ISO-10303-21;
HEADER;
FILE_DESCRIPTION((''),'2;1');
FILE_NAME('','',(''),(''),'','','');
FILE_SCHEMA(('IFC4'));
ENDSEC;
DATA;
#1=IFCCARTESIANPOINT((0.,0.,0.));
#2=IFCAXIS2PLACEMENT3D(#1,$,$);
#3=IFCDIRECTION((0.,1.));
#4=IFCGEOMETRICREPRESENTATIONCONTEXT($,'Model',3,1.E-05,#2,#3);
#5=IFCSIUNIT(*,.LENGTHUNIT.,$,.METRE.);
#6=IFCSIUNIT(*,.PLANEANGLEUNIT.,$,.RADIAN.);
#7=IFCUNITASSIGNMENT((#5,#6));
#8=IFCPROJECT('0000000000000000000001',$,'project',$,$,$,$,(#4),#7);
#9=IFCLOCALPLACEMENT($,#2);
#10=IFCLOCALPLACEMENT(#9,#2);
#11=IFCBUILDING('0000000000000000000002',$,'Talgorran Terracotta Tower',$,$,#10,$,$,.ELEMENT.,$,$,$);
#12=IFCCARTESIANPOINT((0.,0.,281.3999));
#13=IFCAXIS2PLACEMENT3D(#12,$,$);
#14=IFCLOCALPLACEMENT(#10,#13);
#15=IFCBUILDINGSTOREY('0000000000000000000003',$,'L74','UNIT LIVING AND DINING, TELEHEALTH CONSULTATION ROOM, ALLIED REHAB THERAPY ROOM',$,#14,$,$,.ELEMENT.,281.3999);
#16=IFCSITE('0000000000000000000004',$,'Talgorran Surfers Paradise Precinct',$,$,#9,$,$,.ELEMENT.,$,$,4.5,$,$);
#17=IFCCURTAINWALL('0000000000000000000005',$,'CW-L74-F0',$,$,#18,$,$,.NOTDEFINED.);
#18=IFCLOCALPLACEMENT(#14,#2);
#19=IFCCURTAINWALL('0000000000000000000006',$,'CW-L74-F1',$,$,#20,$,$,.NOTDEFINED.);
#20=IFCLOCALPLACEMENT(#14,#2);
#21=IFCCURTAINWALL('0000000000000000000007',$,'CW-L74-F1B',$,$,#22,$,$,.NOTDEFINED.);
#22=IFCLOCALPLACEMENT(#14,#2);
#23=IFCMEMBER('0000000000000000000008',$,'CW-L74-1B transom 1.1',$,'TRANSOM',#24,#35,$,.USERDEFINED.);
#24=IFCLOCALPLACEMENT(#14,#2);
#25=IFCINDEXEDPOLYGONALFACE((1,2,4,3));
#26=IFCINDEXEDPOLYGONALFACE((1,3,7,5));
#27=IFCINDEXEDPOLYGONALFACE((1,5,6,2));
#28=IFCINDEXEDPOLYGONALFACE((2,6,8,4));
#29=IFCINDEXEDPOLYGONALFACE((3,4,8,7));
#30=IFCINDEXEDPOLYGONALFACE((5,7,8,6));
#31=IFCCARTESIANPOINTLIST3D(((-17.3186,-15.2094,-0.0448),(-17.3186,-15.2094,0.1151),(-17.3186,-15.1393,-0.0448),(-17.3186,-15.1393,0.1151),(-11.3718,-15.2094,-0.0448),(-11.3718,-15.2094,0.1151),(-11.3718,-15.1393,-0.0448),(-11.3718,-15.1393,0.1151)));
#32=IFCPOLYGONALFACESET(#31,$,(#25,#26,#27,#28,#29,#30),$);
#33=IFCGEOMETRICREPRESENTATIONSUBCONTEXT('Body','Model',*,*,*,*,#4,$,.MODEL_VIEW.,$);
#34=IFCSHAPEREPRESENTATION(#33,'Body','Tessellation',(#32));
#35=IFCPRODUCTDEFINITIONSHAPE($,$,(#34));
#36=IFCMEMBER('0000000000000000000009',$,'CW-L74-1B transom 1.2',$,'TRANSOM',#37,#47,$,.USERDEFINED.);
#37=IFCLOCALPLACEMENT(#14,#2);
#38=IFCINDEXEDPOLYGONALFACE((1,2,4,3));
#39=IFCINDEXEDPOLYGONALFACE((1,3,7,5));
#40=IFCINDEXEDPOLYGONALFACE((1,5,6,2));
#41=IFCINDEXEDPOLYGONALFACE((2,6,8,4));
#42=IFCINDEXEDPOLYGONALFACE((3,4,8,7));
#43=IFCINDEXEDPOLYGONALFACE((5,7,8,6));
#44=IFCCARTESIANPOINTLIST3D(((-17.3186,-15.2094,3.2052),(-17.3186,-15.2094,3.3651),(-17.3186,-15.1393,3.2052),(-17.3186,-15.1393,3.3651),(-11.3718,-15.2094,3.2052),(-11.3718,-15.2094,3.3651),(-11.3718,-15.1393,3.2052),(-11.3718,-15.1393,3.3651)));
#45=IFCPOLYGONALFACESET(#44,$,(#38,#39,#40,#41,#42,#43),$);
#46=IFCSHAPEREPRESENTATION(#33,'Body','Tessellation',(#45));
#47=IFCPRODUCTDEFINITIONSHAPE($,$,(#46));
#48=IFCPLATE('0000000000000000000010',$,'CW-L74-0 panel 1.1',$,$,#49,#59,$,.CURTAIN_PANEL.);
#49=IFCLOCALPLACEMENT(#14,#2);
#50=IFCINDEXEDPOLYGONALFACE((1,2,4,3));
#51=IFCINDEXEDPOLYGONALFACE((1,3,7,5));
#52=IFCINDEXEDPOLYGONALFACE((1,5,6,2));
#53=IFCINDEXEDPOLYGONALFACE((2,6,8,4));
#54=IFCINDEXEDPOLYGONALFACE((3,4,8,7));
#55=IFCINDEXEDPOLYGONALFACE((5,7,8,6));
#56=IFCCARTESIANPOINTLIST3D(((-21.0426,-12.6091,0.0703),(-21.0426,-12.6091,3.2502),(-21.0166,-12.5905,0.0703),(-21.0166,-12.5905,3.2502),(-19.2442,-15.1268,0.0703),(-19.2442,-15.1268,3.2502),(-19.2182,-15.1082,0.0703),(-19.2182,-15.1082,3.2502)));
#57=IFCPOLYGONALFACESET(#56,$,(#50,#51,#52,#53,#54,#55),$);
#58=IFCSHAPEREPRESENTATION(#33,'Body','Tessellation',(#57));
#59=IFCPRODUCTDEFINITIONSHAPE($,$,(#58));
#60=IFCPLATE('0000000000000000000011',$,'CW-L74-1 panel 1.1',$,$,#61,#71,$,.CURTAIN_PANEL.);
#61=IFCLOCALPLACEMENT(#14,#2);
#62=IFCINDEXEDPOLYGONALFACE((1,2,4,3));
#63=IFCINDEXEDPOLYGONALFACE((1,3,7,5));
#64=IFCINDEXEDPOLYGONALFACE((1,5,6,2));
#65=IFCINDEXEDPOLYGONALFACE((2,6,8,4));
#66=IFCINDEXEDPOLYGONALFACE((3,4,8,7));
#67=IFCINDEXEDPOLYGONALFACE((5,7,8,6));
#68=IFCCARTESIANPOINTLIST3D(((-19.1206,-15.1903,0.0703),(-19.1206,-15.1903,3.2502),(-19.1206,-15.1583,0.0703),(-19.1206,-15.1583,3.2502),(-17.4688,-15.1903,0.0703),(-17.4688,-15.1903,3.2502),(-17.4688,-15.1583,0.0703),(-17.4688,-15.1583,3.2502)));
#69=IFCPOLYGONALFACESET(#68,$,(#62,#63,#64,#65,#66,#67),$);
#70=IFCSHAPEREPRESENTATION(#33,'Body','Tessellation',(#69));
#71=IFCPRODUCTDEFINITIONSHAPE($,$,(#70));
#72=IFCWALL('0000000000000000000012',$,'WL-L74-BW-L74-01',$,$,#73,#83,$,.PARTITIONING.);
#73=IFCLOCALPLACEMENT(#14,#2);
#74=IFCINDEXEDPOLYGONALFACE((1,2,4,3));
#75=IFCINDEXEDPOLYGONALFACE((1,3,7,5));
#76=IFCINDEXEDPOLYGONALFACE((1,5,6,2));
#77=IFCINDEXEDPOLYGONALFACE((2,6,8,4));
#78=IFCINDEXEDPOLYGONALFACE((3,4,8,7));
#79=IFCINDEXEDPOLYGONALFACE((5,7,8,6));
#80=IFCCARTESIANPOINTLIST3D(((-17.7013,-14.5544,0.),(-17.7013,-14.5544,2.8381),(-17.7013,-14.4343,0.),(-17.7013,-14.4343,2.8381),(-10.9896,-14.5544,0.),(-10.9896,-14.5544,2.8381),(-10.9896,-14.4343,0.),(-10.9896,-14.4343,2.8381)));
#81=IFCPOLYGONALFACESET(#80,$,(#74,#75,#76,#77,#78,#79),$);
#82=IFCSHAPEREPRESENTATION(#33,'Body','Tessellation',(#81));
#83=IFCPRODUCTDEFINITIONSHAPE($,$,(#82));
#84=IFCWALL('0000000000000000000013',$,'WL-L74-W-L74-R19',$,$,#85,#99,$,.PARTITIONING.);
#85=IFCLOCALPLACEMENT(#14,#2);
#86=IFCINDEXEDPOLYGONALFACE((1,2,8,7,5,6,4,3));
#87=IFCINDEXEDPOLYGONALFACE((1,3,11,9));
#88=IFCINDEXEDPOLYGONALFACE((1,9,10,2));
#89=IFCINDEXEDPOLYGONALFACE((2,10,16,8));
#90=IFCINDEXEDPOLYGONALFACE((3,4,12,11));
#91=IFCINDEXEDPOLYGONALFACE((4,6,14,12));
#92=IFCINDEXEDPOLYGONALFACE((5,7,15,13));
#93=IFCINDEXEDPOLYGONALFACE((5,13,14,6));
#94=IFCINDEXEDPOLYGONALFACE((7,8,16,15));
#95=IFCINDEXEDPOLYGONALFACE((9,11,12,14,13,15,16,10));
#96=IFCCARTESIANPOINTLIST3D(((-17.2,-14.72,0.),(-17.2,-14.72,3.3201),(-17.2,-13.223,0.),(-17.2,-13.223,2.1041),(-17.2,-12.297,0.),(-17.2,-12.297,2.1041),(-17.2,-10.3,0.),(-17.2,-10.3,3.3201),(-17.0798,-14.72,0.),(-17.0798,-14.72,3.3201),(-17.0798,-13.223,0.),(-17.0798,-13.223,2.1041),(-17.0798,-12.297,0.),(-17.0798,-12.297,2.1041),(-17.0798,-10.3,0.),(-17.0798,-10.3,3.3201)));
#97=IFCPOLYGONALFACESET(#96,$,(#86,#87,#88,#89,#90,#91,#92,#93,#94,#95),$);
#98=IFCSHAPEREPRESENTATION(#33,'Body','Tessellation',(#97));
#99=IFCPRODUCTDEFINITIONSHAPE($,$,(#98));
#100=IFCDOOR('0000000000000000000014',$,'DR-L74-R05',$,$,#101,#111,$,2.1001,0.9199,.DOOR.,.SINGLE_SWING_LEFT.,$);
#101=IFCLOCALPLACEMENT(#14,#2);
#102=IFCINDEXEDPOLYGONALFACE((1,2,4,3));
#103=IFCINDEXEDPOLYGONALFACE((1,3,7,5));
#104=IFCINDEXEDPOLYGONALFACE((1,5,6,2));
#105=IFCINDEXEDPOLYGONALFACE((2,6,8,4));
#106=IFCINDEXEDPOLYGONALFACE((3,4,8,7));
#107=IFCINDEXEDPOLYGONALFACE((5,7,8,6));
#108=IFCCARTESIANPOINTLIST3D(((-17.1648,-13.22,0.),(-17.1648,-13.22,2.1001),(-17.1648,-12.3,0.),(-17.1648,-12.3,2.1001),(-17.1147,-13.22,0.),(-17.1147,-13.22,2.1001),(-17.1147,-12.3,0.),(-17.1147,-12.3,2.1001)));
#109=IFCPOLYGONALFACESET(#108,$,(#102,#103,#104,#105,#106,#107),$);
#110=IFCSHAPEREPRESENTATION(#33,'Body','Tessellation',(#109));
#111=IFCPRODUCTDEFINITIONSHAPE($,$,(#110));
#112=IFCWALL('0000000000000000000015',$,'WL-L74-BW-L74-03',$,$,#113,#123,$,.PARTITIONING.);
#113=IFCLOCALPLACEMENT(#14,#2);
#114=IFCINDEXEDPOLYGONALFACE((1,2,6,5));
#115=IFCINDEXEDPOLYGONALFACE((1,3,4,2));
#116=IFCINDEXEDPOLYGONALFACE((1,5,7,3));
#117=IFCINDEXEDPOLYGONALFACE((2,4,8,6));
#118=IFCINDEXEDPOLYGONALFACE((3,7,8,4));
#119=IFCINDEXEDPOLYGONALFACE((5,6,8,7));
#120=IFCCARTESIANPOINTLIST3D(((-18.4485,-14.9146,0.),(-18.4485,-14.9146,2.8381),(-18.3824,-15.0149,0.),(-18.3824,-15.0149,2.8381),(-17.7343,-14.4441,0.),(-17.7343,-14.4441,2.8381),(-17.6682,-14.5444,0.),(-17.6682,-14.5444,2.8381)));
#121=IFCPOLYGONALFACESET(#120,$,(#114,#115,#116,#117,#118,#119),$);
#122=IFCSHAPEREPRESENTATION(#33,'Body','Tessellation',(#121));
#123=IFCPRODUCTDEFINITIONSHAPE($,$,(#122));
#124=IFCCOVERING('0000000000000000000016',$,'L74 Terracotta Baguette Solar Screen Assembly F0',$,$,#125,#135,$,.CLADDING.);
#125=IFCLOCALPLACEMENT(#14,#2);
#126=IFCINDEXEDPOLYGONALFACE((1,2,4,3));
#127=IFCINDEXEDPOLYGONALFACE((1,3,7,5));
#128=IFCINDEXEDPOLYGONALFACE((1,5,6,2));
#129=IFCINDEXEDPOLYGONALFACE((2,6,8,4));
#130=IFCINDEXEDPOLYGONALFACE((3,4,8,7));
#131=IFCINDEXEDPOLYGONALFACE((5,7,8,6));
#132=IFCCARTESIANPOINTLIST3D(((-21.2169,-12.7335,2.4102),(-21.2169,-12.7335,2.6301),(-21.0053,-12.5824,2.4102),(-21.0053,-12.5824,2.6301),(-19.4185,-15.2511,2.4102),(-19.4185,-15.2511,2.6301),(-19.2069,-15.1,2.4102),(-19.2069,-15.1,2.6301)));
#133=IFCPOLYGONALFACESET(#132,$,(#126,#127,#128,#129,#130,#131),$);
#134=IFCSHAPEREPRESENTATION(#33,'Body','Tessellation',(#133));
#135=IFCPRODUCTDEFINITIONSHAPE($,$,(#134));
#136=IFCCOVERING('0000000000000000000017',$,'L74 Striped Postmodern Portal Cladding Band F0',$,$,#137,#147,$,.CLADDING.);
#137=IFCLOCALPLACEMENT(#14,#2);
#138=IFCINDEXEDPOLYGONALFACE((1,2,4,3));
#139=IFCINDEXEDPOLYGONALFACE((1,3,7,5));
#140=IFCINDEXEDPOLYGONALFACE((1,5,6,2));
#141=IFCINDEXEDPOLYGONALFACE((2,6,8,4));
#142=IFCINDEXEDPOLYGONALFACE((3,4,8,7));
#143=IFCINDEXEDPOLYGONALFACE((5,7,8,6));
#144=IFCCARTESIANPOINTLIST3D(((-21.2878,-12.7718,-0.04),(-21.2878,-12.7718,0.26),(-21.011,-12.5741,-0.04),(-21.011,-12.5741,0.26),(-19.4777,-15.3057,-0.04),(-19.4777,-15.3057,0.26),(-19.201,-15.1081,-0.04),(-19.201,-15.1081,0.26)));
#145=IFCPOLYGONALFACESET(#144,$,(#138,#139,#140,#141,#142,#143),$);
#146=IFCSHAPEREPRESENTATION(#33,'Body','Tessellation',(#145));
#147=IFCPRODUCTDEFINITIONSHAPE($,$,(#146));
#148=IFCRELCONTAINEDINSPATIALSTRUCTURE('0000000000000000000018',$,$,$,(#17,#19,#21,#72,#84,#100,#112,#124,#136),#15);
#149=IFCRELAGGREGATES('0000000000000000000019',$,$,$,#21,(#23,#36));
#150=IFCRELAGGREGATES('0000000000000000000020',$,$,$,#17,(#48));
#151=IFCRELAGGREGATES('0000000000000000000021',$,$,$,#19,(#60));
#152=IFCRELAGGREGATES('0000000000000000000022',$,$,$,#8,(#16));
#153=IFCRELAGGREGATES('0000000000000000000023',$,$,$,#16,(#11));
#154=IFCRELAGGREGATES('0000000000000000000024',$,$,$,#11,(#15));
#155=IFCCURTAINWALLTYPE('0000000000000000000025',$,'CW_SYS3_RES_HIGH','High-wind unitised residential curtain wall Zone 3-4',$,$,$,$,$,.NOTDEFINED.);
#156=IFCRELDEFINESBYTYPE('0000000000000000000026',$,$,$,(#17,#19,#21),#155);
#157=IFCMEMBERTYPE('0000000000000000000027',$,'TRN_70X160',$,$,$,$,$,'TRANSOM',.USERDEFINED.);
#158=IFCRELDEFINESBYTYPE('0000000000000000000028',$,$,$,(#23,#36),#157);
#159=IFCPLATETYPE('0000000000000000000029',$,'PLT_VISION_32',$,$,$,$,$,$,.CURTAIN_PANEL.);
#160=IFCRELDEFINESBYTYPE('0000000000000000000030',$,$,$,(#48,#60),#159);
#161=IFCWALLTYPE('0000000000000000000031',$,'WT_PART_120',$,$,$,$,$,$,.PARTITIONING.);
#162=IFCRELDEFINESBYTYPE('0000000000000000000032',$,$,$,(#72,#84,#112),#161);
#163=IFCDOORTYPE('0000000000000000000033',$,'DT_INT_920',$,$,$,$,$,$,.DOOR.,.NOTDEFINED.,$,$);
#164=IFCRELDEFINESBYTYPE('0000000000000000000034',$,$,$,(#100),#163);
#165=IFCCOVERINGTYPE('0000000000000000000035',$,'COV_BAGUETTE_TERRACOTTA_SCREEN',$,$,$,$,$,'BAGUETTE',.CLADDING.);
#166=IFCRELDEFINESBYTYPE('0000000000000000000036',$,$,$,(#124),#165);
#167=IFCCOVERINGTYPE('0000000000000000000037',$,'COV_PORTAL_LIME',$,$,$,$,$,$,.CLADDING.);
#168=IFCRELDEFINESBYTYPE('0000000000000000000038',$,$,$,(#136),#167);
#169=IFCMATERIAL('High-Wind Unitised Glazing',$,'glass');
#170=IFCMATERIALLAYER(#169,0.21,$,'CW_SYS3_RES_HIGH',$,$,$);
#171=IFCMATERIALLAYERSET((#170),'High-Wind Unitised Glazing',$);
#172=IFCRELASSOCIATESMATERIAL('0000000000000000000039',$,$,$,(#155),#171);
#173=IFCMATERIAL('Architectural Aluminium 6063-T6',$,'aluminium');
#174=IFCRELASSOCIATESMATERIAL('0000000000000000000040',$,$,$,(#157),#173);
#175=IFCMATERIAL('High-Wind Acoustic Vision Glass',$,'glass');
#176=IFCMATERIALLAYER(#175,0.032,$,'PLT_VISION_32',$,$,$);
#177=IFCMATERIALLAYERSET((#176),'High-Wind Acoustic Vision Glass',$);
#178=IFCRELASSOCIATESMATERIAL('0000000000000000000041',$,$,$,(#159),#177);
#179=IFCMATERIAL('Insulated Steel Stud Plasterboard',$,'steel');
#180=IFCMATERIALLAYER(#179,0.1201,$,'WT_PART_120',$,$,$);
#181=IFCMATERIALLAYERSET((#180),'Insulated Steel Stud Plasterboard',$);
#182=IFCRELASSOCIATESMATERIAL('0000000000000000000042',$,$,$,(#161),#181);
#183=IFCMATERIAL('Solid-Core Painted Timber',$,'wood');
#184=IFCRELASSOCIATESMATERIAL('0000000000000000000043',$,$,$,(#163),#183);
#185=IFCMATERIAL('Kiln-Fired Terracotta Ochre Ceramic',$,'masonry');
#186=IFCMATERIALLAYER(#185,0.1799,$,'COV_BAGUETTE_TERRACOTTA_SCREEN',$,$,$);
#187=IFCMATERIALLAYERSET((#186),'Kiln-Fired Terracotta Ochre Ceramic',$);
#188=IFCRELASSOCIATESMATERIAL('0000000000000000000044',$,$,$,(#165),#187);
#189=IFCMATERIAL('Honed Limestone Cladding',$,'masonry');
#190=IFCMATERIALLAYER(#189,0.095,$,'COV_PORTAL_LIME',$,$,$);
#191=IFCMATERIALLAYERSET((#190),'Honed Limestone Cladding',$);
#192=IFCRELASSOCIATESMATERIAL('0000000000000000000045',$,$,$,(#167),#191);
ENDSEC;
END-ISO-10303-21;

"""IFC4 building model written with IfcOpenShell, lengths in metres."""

from ifc_helpers import new_model, si_unit, direction, frame, frame_2d, origin, origin_2d, place, context, subcontext, project, spatial, rectangle, extrude, source, transform, mapped, material, layer, layer_set, material_profile, profile_set, type_object, type_shapes, element, fill, aggregate, save


model = new_model("IFC4")

# Units and contexts
model_context = context("Model", 3, precision=1e-05, world=origin(), true_north=direction((0.0, 1.0)))
body_context = subcontext(model_context, "Body", "Model", "MODEL_VIEW")
ifc_project = project(units=[si_unit("LENGTHUNIT", "METRE"), si_unit("PLANEANGLEUNIT", "RADIAN")], contexts=[model_context])

# Site, building, storey
site_placement = place(None, origin())
site = spatial("IfcSite", under=ifc_project, at=site_placement, Name="Talgorran Surfers Paradise Precinct", CompositionType="ELEMENT", RefElevation=4.5)
building_placement = place(site_placement, origin())
building = spatial("IfcBuilding", under=site, at=building_placement, Name="Talgorran Terracotta Tower", CompositionType="ELEMENT")
storey_placement = place(building_placement, frame((0.0, 0.0, 281.3999)))
storey = spatial("IfcBuildingStorey", under=building, at=storey_placement, Name="L74", Description="UNIT LIVING AND DINING, TELEHEALTH CONSULTATION ROOM, ALLIED REHAB THERAPY ROOM", CompositionType="ELEMENT", Elevation=281.3999)

# Curtain walls
ifc_material_1 = material(Name="High-Wind Unitised Glazing", Category="glass")
ifc_layer_1 = layer(ifc_material_1, 0.21, Name="CW_SYS3_RES_HIGH")
ifc_layer_set_1 = layer_set([ifc_layer_1], Name="High-Wind Unitised Glazing")
curtain_wall_type = type_object("IfcCurtainWallType", Name="CW_SYS3_RES_HIGH", Description="High-wind unitised residential curtain wall Zone 3-4", PredefinedType="NOTDEFINED", material=ifc_layer_set_1)
curtain_wall_1_placement = place(storey_placement, origin())
curtain_wall_1 = element("IfcCurtainWall", 1, at=curtain_wall_1_placement, inside=storey, type_object=curtain_wall_type, Name="CW-L74-F0", PredefinedType="NOTDEFINED")
ifc_material_2 = material(Name="Architectural Aluminium 6063-T6", Category="aluminium")
curtain_wall_2_placement = place(storey_placement, origin())
curtain_wall_2 = element("IfcCurtainWall", 2, at=curtain_wall_2_placement, inside=storey, type_object=curtain_wall_type, Name="CW-L74-F1", PredefinedType="NOTDEFINED")

# Curtain wall
curtain_wall_3_placement = place(storey_placement, origin())
curtain_wall_3 = element("IfcCurtainWall", 3, at=curtain_wall_3_placement, inside=storey, type_object=curtain_wall_type, Name="CW-L74-F1B", PredefinedType="NOTDEFINED")

# Members
ifc_material_profile_1 = material_profile(ifc_material_2, rectangle(XDim=0.0701, YDim=0.1599, at=origin_2d()), Name="CWT70X160")
ifc_profile_set_1 = profile_set([ifc_material_profile_1], Name="Architectural Aluminium 6063-T6")
member_type_1 = type_object("IfcMemberType", Name="TRN_70X160", ElementType="TRANSOM", PredefinedType="USERDEFINED", material=ifc_profile_set_1)
member_1_placement = place(storey_placement, frame((-17.3186, -15.1743, 0.0352), z_axis=(1.0, 0.0, 0.0), x_axis=(0.0, 1.0, 0.0)))
member_1 = element("IfcMember", 4, at=member_1_placement, type_object=member_type_1, Name="CW-L74-1B transom 1.1", ObjectType="TRANSOM", PredefinedType="USERDEFINED", context=body_context, shape_type="SweptSolid", body=[
    extrude(rectangle(XDim=0.0701, YDim=0.1599, at=origin_2d()), origin(), (0.0, 0.0, 1.0), 5.9468),
])
member_2_placement = place(storey_placement, frame((-17.3186, -15.1743, 3.2852), z_axis=(1.0, 0.0, 0.0), x_axis=(0.0, 1.0, 0.0)))
member_2 = element("IfcMember", 5, at=member_2_placement, type_object=member_type_1, Name="CW-L74-1B transom 1.2", ObjectType="TRANSOM", PredefinedType="USERDEFINED", context=body_context, shape_type="SweptSolid", body=[
    extrude(rectangle(XDim=0.0701, YDim=0.1599, at=origin_2d()), origin(), (0.0, 0.0, 1.0), 5.9468),
])
aggregate(curtain_wall_3, [member_1, member_2])

# Plates
ifc_material_3 = material(Name="High-Wind Acoustic Vision Glass", Category="glass")
ifc_layer_2 = layer(ifc_material_3, 0.032, Name="PLT_VISION_32")
ifc_layer_set_2 = layer_set([ifc_layer_2], Name="High-Wind Acoustic Vision Glass")
plate_type = type_object("IfcPlateType", Name="PLT_VISION_32", PredefinedType="CURTAIN_PANEL", material=ifc_layer_set_2)
shared_shape_1 = source(origin(), body_context, "Body", "SweptSolid", [
    extrude(rectangle(XDim=3.094, YDim=0.032, at=origin_2d()), origin(), (0.0, 0.0, 1.0), 3.1799),
])
plate_1_placement = place(storey_placement, frame((-20.1304, -13.8586, 0.0703), z_axis=(0.0, 0.0, 1.0), x_axis=(0.581256, -0.813721, 0.0)))
plate_1 = element("IfcPlate", 6, at=plate_1_placement, type_object=plate_type, Name="CW-L74-0 panel 1.1", PredefinedType="CURTAIN_PANEL", context=body_context, shape_type="MappedRepresentation", body=[
    mapped(shared_shape_1, transform((0.0, 0.0, 0.0), scale=1.0)),
])
aggregate(curtain_wall_1, [plate_1])
shared_shape_2 = source(origin(), body_context, "Body", "SweptSolid", [
    extrude(rectangle(XDim=1.6519, YDim=0.032, at=origin_2d()), origin(), (0.0, 0.0, 1.0), 3.1799),
])
type_shapes(plate_type, [shared_shape_1, shared_shape_2])
plate_2_placement = place(storey_placement, frame((-18.2947, -15.1743, 0.0703), z_axis=(0.0, 0.0, 1.0), x_axis=(1.0, 0.0, 0.0)))
plate_2 = element("IfcPlate", 7, at=plate_2_placement, type_object=plate_type, Name="CW-L74-1 panel 1.1", PredefinedType="CURTAIN_PANEL", context=body_context, shape_type="MappedRepresentation", body=[
    mapped(shared_shape_2, transform((0.0, 0.0, 0.0), scale=1.0)),
])
aggregate(curtain_wall_2, [plate_2])

# Wall
ifc_material_4 = material(Name="Insulated Steel Stud Plasterboard", Category="steel")
ifc_layer_3 = layer(ifc_material_4, 0.1201, Name="WT_PART_120")
ifc_layer_set_3 = layer_set([ifc_layer_3], Name="Insulated Steel Stud Plasterboard")
wall_type = type_object("IfcWallType", Name="WT_PART_120", PredefinedType="PARTITIONING", material=ifc_layer_set_3)
wall_1_placement = place(storey_placement, frame((-17.7014, -14.4944, 0.0), z_axis=(0.0, 0.0, 1.0), x_axis=(1.0, 0.0, 0.0)))
element("IfcWall", 8, at=wall_1_placement, inside=storey, type_object=wall_type, Name="WL-L74-BW-L74-01", PredefinedType="PARTITIONING", context=body_context, shape_type="SweptSolid", body=[
    extrude(rectangle(XDim=6.7117, YDim=0.1201, at=frame_2d((3.356, 0.0))), origin(), (0.0, 0.0, 1.0), 2.8381),
])

# Wall, opening, door
wall_2_placement = place(storey_placement, frame((-17.1399, -14.72, 0.0), z_axis=(0.0, 0.0, 1.0), x_axis=(0.0, 1.0, 0.0)))
wall_2 = element("IfcWall", 9, at=wall_2_placement, inside=storey, type_object=wall_type, Name="WL-L74-W-L74-R19", PredefinedType="PARTITIONING", context=body_context, shape_type="SweptSolid", body=[
    extrude(rectangle(XDim=4.4199, YDim=0.1201, at=frame_2d((2.21, 0.0))), origin(), (0.0, 0.0, 1.0), 3.3201),
])
opening_placement = place(wall_2_placement, frame((1.5, 0.0, 0.0)))
opening = element("IfcOpeningElement", 10, at=opening_placement, cuts=wall_2, PredefinedType="OPENING", context=body_context, shape_type="SweptSolid", body=[
    extrude(rectangle(XDim=0.9259, YDim=2.1041, at=frame_2d((0.46, 1.052))), frame((0.0, 0.0701, 0.0), z_axis=(0.0, -1.0, 0.0), x_axis=(1.0, 0.0, 0.0)), (0.0, 0.0, 1.0), 0.1401),
])
ifc_material_5 = material(Name="Solid-Core Painted Timber", Category="wood")
door_type = type_object("IfcDoorType", Name="DT_INT_920", OperationType="NOTDEFINED", PredefinedType="DOOR", material=ifc_material_5)
door_placement = place(opening_placement, origin())
door = element("IfcDoor", 11, at=door_placement, inside=storey, type_object=door_type, Name="DR-L74-R05", OperationType="SINGLE_SWING_LEFT", OverallHeight=2.1001, OverallWidth=0.9199, PredefinedType="DOOR", context=body_context, shape_type="SweptSolid", body=[
    extrude(rectangle(XDim=0.9199, YDim=2.1001, at=frame_2d((0.46, 1.05))), frame((0.0, 0.0249, 0.0), z_axis=(0.0, -1.0, 0.0), x_axis=(1.0, 0.0, 0.0)), (0.0, 0.0, 1.0), 0.05),
])
fill(opening, door)

# Wall
wall_3_placement = place(storey_placement, frame((-18.4155, -14.9648, 0.0), z_axis=(0.0, 0.0, 1.0), x_axis=(0.835068, 0.550146, 0.0)))
element("IfcWall", 12, at=wall_3_placement, inside=storey, type_object=wall_type, Name="WL-L74-BW-L74-03", PredefinedType="PARTITIONING", context=body_context, shape_type="SweptSolid", body=[
    extrude(rectangle(XDim=0.8552, YDim=0.1201, at=frame_2d((0.4277, 0.0))), origin(), (0.0, 0.0, 1.0), 2.8381),
])

# Coverings
ifc_material_6 = material(Name="Kiln-Fired Terracotta Ochre Ceramic", Category="masonry")
ifc_layer_4 = layer(ifc_material_6, 0.1799, Name="COV_BAGUETTE_TERRACOTTA_SCREEN")
ifc_layer_set_4 = layer_set([ifc_layer_4], Name="Kiln-Fired Terracotta Ochre Ceramic")
covering_type_1 = type_object("IfcCoveringType", Name="COV_BAGUETTE_TERRACOTTA_SCREEN", ElementType="BAGUETTE", PredefinedType="CLADDING", material=ifc_layer_set_4)
covering_1_placement = place(storey_placement, frame((-20.2119, -13.9167, 2.4102), z_axis=(0.0, 0.0, 1.0), x_axis=(0.581257, -0.81372, 0.0)))
element("IfcCovering", 13, at=covering_1_placement, inside=storey, type_object=covering_type_1, Name="L74 Terracotta Baguette Solar Screen Assembly F0", PredefinedType="CLADDING", context=body_context, shape_type="SweptSolid", body=[
    extrude(rectangle(XDim=3.094, YDim=0.26, at=origin_2d()), origin(), (0.0, 0.0, 1.0), 0.22),
])
ifc_material_7 = material(Name="Honed Limestone Cladding", Category="masonry")
ifc_layer_5 = layer(ifc_material_7, 0.095, Name="COV_PORTAL_LIME")
ifc_layer_set_5 = layer_set([ifc_layer_5], Name="Honed Limestone Cladding")
covering_type_2 = type_object("IfcCoveringType", Name="COV_PORTAL_LIME", PredefinedType="CLADDING", material=ifc_layer_set_5)
covering_2_placement = place(storey_placement, frame((-20.2444, -13.9399, -0.04), z_axis=(0.0, 0.0, 1.0), x_axis=(0.581257, -0.81372, 0.0)))
element("IfcCovering", 14, at=covering_2_placement, inside=storey, type_object=covering_type_2, Name="L74 Striped Postmodern Portal Cladding Band F0", PredefinedType="CLADDING", context=body_context, shape_type="SweptSolid", body=[
    extrude(rectangle(XDim=3.114, YDim=0.3401, at=origin_2d()), origin(), (0.0, 0.0, 1.0), 0.3),
])

save(model, "model.ifc")
